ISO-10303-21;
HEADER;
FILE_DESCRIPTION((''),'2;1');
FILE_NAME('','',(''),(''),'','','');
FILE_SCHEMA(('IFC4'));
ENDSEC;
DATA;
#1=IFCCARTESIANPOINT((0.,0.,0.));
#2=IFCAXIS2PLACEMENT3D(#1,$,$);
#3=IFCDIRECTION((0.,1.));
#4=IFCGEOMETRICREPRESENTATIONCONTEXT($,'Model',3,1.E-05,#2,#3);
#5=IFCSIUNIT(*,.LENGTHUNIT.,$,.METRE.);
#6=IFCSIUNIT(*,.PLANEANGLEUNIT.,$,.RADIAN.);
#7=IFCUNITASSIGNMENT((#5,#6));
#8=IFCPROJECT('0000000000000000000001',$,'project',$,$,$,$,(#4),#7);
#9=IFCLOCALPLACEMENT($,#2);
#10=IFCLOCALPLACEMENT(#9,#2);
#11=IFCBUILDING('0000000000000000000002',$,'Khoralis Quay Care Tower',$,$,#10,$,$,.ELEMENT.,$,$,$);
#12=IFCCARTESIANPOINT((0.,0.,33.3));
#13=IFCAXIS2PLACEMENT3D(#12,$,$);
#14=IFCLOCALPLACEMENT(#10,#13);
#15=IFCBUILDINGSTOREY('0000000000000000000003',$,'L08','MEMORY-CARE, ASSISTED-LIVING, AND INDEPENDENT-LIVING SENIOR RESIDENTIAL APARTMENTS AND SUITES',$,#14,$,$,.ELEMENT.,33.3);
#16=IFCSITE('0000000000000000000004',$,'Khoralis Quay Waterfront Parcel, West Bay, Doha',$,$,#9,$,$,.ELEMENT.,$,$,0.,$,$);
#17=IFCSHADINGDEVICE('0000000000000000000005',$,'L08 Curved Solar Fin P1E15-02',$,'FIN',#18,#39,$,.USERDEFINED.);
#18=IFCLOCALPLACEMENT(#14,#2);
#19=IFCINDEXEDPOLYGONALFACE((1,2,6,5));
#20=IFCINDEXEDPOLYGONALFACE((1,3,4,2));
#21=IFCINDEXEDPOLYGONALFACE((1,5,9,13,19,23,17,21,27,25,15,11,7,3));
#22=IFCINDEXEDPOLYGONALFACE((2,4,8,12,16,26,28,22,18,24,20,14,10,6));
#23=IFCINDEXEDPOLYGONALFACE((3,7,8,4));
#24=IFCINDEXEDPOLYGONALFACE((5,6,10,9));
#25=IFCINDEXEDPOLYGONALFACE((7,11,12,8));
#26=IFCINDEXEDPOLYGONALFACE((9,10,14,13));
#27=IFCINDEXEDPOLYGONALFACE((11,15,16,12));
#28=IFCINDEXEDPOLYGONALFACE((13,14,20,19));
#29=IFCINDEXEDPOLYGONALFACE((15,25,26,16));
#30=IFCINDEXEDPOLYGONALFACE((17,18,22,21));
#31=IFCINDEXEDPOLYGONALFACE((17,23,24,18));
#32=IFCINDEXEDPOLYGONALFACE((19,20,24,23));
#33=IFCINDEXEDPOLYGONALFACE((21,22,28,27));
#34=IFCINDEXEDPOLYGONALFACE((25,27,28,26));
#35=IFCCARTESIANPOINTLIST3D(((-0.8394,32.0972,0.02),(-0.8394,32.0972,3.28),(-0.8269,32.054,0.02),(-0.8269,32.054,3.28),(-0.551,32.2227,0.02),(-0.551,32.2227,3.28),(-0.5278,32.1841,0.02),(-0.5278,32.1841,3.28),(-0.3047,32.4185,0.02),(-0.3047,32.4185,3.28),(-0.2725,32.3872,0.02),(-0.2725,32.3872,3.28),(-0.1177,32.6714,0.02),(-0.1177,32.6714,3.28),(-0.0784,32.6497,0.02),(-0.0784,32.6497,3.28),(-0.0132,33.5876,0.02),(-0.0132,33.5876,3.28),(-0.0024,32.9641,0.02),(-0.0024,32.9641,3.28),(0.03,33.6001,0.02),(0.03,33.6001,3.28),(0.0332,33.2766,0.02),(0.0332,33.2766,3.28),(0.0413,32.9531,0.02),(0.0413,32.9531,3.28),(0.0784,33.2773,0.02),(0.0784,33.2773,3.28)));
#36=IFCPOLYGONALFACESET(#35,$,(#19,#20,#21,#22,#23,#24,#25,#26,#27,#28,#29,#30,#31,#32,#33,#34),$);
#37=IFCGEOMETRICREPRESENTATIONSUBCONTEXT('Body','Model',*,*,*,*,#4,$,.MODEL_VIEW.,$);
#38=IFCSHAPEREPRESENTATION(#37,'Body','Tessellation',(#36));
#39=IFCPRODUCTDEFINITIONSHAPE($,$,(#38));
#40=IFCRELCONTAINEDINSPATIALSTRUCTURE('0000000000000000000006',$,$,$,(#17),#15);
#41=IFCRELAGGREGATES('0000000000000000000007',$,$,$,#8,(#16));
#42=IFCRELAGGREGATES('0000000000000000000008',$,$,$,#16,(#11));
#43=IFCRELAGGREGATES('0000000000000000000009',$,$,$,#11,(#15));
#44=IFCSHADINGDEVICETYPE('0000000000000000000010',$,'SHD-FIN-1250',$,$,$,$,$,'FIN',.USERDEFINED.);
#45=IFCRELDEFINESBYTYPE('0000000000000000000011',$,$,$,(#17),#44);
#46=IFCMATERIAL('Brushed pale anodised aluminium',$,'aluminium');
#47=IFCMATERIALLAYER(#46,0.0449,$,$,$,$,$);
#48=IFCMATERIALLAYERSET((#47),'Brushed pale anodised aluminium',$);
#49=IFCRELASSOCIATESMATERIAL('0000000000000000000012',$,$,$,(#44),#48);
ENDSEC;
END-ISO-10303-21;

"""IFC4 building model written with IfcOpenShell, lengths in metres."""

from ifc_helpers import new_model, si_unit, direction, frame, origin, place, context, subcontext, project, spatial, polyline, outline, extrude, source, transform, mapped, material, layer, layer_set, type_object, element, save


model = new_model("IFC4")

# Units and contexts
model_context = context("Model", 3, precision=1e-05, world=origin(), true_north=direction((0.0, 1.0)))
body_context = subcontext(model_context, "Body", "Model", "MODEL_VIEW")
ifc_project = project(units=[si_unit("LENGTHUNIT", "METRE"), si_unit("PLANEANGLEUNIT", "RADIAN")], contexts=[model_context])

# Site, building, storey
site_placement = place(None, origin())
site = spatial("IfcSite", under=ifc_project, at=site_placement, Name="Khoralis Quay Waterfront Parcel, West Bay, Doha", CompositionType="ELEMENT", RefElevation=0.0)
building_placement = place(site_placement, origin())
building = spatial("IfcBuilding", under=site, at=building_placement, Name="Khoralis Quay Care Tower", CompositionType="ELEMENT")
storey_placement = place(building_placement, frame((0.0, 0.0, 33.3)))
storey = spatial("IfcBuildingStorey", under=building, at=storey_placement, Name="L08", Description="MEMORY-CARE, ASSISTED-LIVING, AND INDEPENDENT-LIVING SENIOR RESIDENTIAL APARTMENTS AND SUITES", CompositionType="ELEMENT", Elevation=33.3)

# Shading device
ifc_material_1 = material(Name="Brushed pale anodised aluminium", Category="aluminium")
ifc_layer_1 = layer(ifc_material_1, 0.0449)
ifc_layer_set_1 = layer_set([ifc_layer_1], Name="Brushed pale anodised aluminium")
shading_device_type = type_object("IfcShadingDeviceType", Name="SHD-FIN-1250", ElementType="FIN", PredefinedType="USERDEFINED", material=ifc_layer_set_1)
shared_shape_1 = source(origin(), body_context, "Body", "SweptSolid", [
    extrude(outline(polyline([(0.0, 0.0), (-0.0483, 0.3228), (-0.0112, 0.647), (0.1084, 0.9504), (0.3025, 1.2129), (0.5579, 1.416), (0.8569, 1.5461), (0.8694, 1.5029), (0.5811, 1.3774), (0.3347, 1.1816), (0.1477, 0.9287), (0.0325, 0.636), (-0.0032, 0.3235), (0.0432, 0.0125), (0.0, 0.0)])), origin(), (0.0, 0.0, 1.0), 3.26),
])
shading_device_placement = place(storey_placement, frame((0.03, 33.6001, 0.02), z_axis=(0.0, 0.0, 1.0), x_axis=(-1.0, 0.0, 0.0)))
element("IfcShadingDevice", 1, at=shading_device_placement, inside=storey, type_object=shading_device_type, Name="L08 Curved Solar Fin P1E15-02", ObjectType="FIN", PredefinedType="USERDEFINED", context=body_context, shape_type="MappedRepresentation", body=[
    mapped(shared_shape_1, transform((0.0, 0.0, 0.0), scale=1.0)),
])

save(model, "model.ifc")
